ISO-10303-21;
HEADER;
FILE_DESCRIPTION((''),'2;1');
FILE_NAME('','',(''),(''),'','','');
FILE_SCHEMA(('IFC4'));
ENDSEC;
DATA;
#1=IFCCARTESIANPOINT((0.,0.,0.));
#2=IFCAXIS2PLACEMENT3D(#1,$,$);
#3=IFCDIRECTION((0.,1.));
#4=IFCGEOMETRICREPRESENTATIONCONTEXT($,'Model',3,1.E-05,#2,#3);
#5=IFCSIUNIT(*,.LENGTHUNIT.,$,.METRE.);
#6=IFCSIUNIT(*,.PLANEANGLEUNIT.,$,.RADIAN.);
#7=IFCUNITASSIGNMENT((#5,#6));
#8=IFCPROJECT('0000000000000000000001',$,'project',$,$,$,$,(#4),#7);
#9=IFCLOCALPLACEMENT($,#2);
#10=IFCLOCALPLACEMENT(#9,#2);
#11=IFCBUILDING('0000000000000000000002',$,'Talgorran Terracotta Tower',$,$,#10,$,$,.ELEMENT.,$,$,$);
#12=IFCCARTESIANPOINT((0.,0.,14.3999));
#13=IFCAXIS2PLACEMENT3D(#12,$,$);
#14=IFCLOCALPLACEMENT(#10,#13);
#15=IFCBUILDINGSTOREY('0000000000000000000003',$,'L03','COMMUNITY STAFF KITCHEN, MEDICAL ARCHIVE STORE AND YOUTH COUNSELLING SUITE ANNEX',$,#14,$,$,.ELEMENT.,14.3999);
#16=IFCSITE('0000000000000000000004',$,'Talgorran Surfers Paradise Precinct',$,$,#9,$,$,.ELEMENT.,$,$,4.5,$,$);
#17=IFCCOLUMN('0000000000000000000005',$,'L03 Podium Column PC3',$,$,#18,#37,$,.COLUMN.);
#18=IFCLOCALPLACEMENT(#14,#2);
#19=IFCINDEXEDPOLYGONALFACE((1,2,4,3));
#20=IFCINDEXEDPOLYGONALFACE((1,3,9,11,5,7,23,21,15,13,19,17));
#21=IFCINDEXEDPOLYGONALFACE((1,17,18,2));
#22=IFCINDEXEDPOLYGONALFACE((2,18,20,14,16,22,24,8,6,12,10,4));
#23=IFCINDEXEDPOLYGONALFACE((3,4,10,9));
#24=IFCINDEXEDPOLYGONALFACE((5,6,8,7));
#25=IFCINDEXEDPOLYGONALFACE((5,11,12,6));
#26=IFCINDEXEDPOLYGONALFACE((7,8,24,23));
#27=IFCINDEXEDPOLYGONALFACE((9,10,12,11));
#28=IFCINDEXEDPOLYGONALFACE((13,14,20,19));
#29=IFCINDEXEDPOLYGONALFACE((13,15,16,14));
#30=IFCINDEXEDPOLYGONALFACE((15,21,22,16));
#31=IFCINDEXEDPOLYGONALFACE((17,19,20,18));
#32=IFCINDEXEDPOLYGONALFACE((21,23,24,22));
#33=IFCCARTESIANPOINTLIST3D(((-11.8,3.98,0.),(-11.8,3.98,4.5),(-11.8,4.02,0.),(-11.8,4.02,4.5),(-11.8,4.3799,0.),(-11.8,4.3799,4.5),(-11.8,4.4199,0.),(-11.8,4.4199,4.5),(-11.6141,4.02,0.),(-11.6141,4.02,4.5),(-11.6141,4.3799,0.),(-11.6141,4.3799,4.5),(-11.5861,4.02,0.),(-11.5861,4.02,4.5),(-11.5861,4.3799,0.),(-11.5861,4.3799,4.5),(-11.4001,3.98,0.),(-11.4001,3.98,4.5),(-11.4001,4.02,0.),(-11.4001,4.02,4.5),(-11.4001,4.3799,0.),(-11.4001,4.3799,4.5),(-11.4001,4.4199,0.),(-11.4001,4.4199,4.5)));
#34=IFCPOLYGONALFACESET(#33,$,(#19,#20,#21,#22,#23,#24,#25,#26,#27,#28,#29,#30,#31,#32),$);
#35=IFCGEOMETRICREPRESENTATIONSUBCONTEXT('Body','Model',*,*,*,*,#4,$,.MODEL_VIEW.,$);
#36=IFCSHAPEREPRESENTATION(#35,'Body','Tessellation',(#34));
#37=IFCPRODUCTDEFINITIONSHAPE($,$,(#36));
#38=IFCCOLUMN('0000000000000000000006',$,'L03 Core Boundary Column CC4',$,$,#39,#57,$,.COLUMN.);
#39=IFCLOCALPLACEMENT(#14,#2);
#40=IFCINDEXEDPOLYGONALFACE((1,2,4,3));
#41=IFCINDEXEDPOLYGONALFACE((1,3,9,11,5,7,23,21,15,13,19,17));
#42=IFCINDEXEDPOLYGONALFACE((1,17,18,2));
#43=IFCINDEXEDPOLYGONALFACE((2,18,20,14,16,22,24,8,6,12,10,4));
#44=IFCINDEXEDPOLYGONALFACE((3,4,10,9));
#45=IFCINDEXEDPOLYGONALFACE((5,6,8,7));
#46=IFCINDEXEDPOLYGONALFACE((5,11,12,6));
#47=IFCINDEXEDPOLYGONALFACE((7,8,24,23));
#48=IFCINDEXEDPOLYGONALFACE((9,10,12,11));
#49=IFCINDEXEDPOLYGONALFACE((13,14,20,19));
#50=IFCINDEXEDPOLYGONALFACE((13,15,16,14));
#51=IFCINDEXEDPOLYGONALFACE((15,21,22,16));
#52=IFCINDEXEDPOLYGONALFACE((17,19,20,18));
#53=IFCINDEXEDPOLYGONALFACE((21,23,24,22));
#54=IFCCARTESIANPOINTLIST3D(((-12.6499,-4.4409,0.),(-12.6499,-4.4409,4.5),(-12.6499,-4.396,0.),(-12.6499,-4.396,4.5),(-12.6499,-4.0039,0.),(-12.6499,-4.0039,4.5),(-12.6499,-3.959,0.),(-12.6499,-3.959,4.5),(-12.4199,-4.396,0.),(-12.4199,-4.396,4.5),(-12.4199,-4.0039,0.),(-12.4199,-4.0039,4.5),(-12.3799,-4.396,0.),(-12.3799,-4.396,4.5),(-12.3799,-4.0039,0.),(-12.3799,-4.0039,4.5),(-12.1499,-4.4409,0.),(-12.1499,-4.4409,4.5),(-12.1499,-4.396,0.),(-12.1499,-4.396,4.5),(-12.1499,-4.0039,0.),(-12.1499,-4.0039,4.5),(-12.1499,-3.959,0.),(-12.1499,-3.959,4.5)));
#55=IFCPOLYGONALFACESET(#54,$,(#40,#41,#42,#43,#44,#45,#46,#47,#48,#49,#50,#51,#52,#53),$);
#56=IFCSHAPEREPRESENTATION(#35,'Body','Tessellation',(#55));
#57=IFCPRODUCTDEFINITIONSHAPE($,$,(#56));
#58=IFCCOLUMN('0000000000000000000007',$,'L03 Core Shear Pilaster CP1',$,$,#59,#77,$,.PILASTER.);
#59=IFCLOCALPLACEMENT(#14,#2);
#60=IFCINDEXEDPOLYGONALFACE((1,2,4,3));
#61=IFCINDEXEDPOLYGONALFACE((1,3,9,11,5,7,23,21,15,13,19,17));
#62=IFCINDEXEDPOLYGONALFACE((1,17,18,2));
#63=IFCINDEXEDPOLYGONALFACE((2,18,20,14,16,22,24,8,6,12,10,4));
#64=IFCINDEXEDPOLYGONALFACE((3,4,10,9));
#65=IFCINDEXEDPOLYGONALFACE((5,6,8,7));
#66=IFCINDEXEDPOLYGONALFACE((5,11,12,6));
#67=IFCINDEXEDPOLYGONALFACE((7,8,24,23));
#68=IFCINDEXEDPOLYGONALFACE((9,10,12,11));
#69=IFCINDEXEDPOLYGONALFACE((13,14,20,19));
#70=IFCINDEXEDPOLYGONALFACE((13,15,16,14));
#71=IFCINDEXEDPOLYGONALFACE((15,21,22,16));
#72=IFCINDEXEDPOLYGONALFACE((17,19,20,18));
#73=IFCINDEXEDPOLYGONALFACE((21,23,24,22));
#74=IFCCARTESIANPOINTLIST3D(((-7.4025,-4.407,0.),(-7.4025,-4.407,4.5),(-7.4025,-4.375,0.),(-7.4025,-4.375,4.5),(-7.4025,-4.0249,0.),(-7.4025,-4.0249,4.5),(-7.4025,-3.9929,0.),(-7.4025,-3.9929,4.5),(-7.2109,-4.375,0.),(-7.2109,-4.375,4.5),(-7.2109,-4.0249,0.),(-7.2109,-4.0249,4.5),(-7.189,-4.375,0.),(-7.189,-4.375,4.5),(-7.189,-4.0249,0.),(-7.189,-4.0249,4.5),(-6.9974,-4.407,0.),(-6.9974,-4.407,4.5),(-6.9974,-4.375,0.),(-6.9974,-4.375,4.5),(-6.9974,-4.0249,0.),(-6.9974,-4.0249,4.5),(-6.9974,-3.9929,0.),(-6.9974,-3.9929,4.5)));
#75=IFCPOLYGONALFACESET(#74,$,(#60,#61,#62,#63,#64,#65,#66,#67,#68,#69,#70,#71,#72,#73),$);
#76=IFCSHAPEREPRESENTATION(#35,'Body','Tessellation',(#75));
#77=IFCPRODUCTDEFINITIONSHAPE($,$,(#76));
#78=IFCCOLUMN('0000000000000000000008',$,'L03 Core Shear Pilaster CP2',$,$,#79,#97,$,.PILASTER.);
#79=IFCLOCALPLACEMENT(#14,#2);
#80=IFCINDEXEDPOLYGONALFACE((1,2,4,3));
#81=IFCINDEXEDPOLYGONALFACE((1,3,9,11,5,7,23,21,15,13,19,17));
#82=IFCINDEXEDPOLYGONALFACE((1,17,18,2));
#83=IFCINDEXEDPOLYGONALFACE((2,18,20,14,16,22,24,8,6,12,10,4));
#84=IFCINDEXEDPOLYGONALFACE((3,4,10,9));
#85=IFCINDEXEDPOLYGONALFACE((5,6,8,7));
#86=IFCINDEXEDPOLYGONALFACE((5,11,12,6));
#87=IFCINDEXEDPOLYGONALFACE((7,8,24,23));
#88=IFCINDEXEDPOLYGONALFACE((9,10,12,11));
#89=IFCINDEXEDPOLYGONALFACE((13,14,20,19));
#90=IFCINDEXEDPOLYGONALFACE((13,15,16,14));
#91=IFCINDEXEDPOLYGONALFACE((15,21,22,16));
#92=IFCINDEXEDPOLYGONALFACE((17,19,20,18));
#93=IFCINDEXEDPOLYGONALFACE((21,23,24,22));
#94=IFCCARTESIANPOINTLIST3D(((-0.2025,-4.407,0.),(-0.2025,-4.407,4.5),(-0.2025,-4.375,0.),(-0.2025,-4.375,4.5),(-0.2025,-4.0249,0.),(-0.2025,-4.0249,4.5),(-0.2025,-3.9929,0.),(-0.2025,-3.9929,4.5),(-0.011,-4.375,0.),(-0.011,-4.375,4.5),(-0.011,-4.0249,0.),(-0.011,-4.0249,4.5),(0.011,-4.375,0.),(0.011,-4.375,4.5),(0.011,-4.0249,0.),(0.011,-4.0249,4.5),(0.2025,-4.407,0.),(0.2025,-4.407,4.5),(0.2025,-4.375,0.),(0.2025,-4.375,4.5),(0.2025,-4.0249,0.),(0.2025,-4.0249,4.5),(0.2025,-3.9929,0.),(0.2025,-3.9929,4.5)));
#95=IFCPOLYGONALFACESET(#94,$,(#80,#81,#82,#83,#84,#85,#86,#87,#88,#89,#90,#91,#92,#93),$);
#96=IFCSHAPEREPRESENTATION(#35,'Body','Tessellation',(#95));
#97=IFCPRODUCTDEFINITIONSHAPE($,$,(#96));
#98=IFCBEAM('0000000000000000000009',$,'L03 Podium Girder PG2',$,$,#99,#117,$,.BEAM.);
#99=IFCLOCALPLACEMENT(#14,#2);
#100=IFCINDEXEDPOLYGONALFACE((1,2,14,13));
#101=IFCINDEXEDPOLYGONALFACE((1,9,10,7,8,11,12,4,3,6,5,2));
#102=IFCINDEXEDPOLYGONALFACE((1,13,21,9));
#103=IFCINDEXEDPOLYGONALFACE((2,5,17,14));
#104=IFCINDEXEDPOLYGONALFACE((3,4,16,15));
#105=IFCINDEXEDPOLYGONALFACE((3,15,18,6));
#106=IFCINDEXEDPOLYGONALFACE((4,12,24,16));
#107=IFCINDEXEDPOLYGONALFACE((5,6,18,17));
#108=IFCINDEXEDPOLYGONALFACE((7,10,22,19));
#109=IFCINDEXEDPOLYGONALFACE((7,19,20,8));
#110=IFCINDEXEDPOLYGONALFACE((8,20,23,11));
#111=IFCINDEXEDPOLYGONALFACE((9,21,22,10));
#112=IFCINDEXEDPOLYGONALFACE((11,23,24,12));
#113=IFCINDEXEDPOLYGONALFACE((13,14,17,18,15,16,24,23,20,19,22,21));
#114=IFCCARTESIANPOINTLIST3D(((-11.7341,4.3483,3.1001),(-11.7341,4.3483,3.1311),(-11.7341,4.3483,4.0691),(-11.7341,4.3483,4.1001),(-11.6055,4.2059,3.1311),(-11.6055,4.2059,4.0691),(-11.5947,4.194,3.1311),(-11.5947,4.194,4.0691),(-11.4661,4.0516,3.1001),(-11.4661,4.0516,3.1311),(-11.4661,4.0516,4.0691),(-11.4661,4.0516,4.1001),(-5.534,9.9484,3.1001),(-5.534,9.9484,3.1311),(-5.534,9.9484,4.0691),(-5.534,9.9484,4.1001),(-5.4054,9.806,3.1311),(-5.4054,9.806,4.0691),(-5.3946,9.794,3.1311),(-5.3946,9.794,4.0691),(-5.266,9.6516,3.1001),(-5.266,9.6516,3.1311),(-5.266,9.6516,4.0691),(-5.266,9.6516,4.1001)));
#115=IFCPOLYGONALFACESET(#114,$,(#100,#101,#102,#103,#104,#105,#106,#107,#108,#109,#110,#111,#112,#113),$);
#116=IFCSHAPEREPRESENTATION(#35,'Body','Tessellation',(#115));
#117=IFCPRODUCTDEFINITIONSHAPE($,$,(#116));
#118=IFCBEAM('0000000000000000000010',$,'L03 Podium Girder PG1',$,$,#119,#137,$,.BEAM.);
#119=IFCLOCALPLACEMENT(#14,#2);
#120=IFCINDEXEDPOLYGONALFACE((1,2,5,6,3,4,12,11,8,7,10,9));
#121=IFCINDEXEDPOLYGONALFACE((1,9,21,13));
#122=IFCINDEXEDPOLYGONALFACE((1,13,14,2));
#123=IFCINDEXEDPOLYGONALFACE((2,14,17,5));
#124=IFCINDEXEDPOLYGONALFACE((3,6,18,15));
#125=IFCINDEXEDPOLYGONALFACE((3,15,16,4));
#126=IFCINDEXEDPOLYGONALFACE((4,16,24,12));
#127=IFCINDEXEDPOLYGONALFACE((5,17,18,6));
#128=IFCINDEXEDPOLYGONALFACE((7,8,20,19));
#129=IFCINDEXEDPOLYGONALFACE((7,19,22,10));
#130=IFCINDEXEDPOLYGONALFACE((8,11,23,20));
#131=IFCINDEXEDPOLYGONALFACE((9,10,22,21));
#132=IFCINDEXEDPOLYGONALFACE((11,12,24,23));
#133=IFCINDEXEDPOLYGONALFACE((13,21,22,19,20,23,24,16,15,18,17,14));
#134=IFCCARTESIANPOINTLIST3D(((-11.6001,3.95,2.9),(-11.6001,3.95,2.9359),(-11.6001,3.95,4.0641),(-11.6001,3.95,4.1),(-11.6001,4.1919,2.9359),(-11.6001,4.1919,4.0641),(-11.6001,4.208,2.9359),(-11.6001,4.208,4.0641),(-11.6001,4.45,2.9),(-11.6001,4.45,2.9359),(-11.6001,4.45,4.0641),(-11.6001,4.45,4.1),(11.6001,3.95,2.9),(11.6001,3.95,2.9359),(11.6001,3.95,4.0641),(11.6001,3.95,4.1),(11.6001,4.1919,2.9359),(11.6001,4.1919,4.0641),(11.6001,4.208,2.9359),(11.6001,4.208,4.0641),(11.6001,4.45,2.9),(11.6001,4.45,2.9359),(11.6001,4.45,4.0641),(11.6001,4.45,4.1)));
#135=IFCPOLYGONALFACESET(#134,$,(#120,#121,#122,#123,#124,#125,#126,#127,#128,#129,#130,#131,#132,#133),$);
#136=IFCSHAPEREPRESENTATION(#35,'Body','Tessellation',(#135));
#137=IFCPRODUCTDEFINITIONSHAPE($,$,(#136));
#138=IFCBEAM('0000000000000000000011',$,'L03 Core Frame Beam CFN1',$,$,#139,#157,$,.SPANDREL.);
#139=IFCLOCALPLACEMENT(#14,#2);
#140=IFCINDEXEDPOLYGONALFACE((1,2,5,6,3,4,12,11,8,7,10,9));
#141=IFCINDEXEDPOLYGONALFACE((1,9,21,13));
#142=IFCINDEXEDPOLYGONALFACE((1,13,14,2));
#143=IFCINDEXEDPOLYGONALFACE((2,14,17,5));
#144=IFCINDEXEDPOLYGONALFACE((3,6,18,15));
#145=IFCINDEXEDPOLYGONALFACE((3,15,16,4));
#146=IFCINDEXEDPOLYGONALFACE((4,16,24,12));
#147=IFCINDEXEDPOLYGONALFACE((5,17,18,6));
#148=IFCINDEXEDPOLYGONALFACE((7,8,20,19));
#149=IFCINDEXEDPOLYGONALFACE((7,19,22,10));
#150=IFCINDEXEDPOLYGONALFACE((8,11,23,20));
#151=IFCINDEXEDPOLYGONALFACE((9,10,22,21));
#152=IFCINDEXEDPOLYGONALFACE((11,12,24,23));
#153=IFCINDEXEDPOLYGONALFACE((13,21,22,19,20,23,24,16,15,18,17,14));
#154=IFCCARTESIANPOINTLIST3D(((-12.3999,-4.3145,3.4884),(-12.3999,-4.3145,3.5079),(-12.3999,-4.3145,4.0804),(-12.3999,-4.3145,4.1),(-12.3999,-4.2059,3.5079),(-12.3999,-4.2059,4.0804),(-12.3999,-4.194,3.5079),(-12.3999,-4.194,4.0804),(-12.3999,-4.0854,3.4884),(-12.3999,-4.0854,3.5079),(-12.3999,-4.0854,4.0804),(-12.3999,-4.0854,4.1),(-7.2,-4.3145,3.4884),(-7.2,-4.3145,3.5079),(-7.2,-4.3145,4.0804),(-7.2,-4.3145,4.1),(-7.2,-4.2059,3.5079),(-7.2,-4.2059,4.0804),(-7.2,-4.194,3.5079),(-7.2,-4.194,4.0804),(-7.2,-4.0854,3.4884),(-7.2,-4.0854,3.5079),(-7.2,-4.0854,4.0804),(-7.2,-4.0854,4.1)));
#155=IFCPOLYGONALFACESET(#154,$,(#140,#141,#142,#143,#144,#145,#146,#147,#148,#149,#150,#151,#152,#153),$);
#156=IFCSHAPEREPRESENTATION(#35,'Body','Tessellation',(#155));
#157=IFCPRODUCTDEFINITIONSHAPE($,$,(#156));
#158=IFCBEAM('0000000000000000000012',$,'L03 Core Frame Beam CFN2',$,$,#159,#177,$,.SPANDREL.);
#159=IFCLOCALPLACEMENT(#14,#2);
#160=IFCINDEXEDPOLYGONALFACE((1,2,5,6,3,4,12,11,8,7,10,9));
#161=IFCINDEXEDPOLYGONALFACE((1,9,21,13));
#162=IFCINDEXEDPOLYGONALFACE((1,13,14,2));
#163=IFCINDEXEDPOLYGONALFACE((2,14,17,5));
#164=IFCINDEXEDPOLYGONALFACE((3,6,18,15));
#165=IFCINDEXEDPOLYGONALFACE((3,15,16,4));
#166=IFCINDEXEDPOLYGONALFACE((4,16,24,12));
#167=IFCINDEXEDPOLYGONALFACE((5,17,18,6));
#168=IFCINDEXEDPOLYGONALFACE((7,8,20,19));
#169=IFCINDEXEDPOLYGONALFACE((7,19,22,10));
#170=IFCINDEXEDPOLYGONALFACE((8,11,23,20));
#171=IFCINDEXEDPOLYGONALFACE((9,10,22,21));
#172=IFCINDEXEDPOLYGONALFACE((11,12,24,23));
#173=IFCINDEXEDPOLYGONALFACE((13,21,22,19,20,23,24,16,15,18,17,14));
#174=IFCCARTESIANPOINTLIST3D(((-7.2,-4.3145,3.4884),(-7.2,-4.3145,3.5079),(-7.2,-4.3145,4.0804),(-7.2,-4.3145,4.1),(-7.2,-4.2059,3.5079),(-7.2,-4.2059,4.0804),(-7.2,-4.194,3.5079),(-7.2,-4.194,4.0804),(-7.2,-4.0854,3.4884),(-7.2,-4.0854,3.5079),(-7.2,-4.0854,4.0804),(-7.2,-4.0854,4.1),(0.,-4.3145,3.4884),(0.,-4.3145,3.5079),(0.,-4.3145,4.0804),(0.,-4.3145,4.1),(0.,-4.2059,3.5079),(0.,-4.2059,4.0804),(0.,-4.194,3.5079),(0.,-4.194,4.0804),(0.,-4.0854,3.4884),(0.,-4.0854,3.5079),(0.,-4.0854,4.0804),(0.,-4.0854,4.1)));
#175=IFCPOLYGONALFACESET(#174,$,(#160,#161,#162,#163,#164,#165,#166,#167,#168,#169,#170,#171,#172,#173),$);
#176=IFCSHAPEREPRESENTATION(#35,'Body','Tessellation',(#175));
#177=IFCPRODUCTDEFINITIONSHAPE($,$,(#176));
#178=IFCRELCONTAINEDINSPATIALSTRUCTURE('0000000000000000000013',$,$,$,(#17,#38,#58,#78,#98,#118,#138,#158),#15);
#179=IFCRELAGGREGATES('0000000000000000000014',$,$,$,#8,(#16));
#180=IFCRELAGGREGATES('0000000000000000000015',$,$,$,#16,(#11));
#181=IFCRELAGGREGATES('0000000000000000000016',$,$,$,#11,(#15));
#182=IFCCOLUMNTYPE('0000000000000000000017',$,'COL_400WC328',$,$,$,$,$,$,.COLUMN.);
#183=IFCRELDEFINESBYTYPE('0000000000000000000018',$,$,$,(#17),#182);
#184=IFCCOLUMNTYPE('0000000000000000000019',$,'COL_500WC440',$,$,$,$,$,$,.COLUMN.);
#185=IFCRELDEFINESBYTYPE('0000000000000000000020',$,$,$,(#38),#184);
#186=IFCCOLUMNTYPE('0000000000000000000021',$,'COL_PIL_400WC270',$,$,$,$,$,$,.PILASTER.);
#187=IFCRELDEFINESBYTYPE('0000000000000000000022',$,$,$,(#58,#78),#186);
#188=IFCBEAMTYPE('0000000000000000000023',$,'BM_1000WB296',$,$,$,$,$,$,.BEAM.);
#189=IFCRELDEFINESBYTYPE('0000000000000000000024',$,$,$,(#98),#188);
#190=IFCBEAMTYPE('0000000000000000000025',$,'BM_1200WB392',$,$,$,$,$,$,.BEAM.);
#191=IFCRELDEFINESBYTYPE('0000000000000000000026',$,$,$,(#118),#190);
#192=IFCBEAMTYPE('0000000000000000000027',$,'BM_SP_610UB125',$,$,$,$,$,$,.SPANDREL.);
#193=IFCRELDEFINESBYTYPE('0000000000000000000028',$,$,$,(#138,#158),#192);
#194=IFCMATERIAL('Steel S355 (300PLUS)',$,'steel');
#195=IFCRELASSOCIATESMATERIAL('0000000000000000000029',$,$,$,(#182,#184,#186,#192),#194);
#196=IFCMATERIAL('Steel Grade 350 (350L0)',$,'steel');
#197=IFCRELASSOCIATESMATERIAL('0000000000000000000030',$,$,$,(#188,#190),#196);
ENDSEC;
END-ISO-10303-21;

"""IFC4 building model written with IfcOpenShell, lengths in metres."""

from ifc_helpers import new_model, si_unit, direction, frame, origin, origin_2d, place, context, subcontext, project, spatial, i_section, extrude, material, material_profile, profile_set, type_object, element, save


model = new_model("IFC4")

# Units and contexts
model_context = context("Model", 3, precision=1e-05, world=origin(), true_north=direction((0.0, 1.0)))
body_context = subcontext(model_context, "Body", "Model", "MODEL_VIEW")
ifc_project = project(units=[si_unit("LENGTHUNIT", "METRE"), si_unit("PLANEANGLEUNIT", "RADIAN")], contexts=[model_context])

# Site, building, storey
site_placement = place(None, origin())
site = spatial("IfcSite", under=ifc_project, at=site_placement, Name="Talgorran Surfers Paradise Precinct", CompositionType="ELEMENT", RefElevation=4.5)
building_placement = place(site_placement, origin())
building = spatial("IfcBuilding", under=site, at=building_placement, Name="Talgorran Terracotta Tower", CompositionType="ELEMENT")
storey_placement = place(building_placement, frame((0.0, 0.0, 14.3999)))
storey = spatial("IfcBuildingStorey", under=building, at=storey_placement, Name="L03", Description="COMMUNITY STAFF KITCHEN, MEDICAL ARCHIVE STORE AND YOUTH COUNSELLING SUITE ANNEX", CompositionType="ELEMENT", Elevation=14.3999)

# Columns
ifc_material_1 = material(Name="Steel S355 (300PLUS)", Category="steel")
ifc_material_profile_1 = material_profile(ifc_material_1, i_section(OverallWidth=0.3999, OverallDepth=0.4399, WebThickness=0.0281, FlangeThickness=0.04, at=origin_2d()), Name="400WC328")
ifc_profile_set_1 = profile_set([ifc_material_profile_1], Name="Steel S355 (300PLUS)")
column_type_1 = type_object("IfcColumnType", Name="COL_400WC328", PredefinedType="COLUMN", material=ifc_profile_set_1)
column_1_placement = place(storey_placement, frame((-11.6001, 4.2, 0.0), z_axis=(0.0, 0.0, 1.0), x_axis=(1.0, 0.0, 0.0)))
element("IfcColumn", 1, at=column_1_placement, inside=storey, type_object=column_type_1, Name="L03 Podium Column PC3", PredefinedType="COLUMN", context=body_context, shape_type="SweptSolid", body=[
    extrude(i_section(OverallWidth=0.3999, OverallDepth=0.4399, WebThickness=0.0281, FlangeThickness=0.04, at=origin_2d()), origin(), (0.0, 0.0, 1.0), 4.5),
])
ifc_material_profile_2 = material_profile(ifc_material_1, i_section(OverallWidth=0.5, OverallDepth=0.4819, WebThickness=0.04, FlangeThickness=0.0449, at=origin_2d()), Name="500WC440")
ifc_profile_set_2 = profile_set([ifc_material_profile_2], Name="Steel S355 (300PLUS)")
column_type_2 = type_object("IfcColumnType", Name="COL_500WC440", PredefinedType="COLUMN", material=ifc_profile_set_2)
column_2_placement = place(storey_placement, frame((-12.3999, -4.2, 0.0), z_axis=(0.0, 0.0, 1.0), x_axis=(1.0, 0.0, 0.0)))
element("IfcColumn", 2, at=column_2_placement, inside=storey, type_object=column_type_2, Name="L03 Core Boundary Column CC4", PredefinedType="COLUMN", context=body_context, shape_type="SweptSolid", body=[
    extrude(i_section(OverallWidth=0.5, OverallDepth=0.4819, WebThickness=0.04, FlangeThickness=0.0449, at=origin_2d()), origin(), (0.0, 0.0, 1.0), 4.5),
])
ifc_material_profile_3 = material_profile(ifc_material_1, i_section(OverallWidth=0.405, OverallDepth=0.4141, WebThickness=0.022, FlangeThickness=0.032, at=origin_2d()), Name="400WC270")
ifc_profile_set_3 = profile_set([ifc_material_profile_3], Name="Steel S355 (300PLUS)")
column_type_3 = type_object("IfcColumnType", Name="COL_PIL_400WC270", PredefinedType="PILASTER", material=ifc_profile_set_3)
for number, where, z_axis, x_axis, name in (
    (3, (-7.2, -4.2, 0.0), (0.0, 0.0, 1.0), (1.0, 0.0, 0.0), "L03 Core Shear Pilaster CP1"),
    (4, (0.0, -4.2, 0.0), (0.0, 0.0, 1.0), (1.0, 0.0, 0.0), "L03 Core Shear Pilaster CP2"),
):
    element("IfcColumn", number, at=place(storey_placement, frame(where, z_axis=z_axis, x_axis=x_axis)), inside=storey, type_object=column_type_3, Name=name, PredefinedType="PILASTER", context=body_context, shape_type="SweptSolid", body=[
        extrude(i_section(OverallWidth=0.405, OverallDepth=0.4141, WebThickness=0.022, FlangeThickness=0.032, at=origin_2d()), origin(), (0.0, 0.0, 1.0), 4.5),
    ])

# Beams
ifc_material_2 = material(Name="Steel Grade 350 (350L0)", Category="steel")
ifc_material_profile_4 = material_profile(ifc_material_2, i_section(OverallWidth=0.3999, OverallDepth=1.0, WebThickness=0.0161, FlangeThickness=0.031, at=origin_2d()), Name="1000WB296")
ifc_profile_set_4 = profile_set([ifc_material_profile_4], Name="Steel Grade 350 (350L0)")
beam_type_1 = type_object("IfcBeamType", Name="BM_1000WB296", PredefinedType="BEAM", material=ifc_profile_set_4)
beam_1_placement = place(storey_placement, frame((-11.6001, 4.2, 3.6001), z_axis=(0.742107, 0.670281, 0.0), x_axis=(-0.670281, 0.742107, 0.0)))
element("IfcBeam", 5, at=beam_1_placement, inside=storey, type_object=beam_type_1, Name="L03 Podium Girder PG2", PredefinedType="BEAM", context=body_context, shape_type="SweptSolid", body=[
    extrude(i_section(OverallWidth=0.3999, OverallDepth=1.0, WebThickness=0.0161, FlangeThickness=0.031, at=origin_2d()), origin(), (0.0, 0.0, 1.0), 8.3547),
])
ifc_material_profile_5 = material_profile(ifc_material_2, i_section(OverallWidth=0.5, OverallDepth=1.2, WebThickness=0.0161, FlangeThickness=0.0359, at=origin_2d()), Name="1200WB392")
ifc_profile_set_5 = profile_set([ifc_material_profile_5], Name="Steel Grade 350 (350L0)")
beam_type_2 = type_object("IfcBeamType", Name="BM_1200WB392", PredefinedType="BEAM", material=ifc_profile_set_5)
beam_2_placement = place(storey_placement, frame((-11.6001, 4.2, 3.5), z_axis=(1.0, 0.0, 0.0), x_axis=(0.0, 1.0, 0.0)))
element("IfcBeam", 6, at=beam_2_placement, inside=storey, type_object=beam_type_2, Name="L03 Podium Girder PG1", PredefinedType="BEAM", context=body_context, shape_type="SweptSolid", body=[
    extrude(i_section(OverallWidth=0.5, OverallDepth=1.2, WebThickness=0.0161, FlangeThickness=0.0359, at=origin_2d()), origin(), (0.0, 0.0, 1.0), 23.2002),
])
ifc_material_profile_6 = material_profile(ifc_material_1, i_section(OverallWidth=0.229, OverallDepth=0.6116, WebThickness=0.012, FlangeThickness=0.0195, at=origin_2d()), Name="610UB125")
ifc_profile_set_6 = profile_set([ifc_material_profile_6], Name="Steel S355 (300PLUS)")
beam_type_3 = type_object("IfcBeamType", Name="BM_SP_610UB125", PredefinedType="SPANDREL", material=ifc_profile_set_6)
beam_3_placement = place(storey_placement, frame((-12.3999, -4.2, 3.7942), z_axis=(1.0, 0.0, 0.0), x_axis=(0.0, 1.0, 0.0)))
element("IfcBeam", 7, at=beam_3_placement, inside=storey, type_object=beam_type_3, Name="L03 Core Frame Beam CFN1", PredefinedType="SPANDREL", context=body_context, shape_type="SweptSolid", body=[
    extrude(i_section(OverallWidth=0.229, OverallDepth=0.6116, WebThickness=0.012, FlangeThickness=0.0195, at=origin_2d()), origin(), (0.0, 0.0, 1.0), 5.2),
])
beam_4_placement = place(storey_placement, frame((-7.2, -4.2, 3.7942), z_axis=(1.0, 0.0, 0.0), x_axis=(0.0, 1.0, 0.0)))
element("IfcBeam", 8, at=beam_4_placement, inside=storey, type_object=beam_type_3, Name="L03 Core Frame Beam CFN2", PredefinedType="SPANDREL", context=body_context, shape_type="SweptSolid", body=[
    extrude(i_section(OverallWidth=0.229, OverallDepth=0.6116, WebThickness=0.012, FlangeThickness=0.0195, at=origin_2d()), origin(), (0.0, 0.0, 1.0), 7.2),
])

save(model, "model.ifc")
